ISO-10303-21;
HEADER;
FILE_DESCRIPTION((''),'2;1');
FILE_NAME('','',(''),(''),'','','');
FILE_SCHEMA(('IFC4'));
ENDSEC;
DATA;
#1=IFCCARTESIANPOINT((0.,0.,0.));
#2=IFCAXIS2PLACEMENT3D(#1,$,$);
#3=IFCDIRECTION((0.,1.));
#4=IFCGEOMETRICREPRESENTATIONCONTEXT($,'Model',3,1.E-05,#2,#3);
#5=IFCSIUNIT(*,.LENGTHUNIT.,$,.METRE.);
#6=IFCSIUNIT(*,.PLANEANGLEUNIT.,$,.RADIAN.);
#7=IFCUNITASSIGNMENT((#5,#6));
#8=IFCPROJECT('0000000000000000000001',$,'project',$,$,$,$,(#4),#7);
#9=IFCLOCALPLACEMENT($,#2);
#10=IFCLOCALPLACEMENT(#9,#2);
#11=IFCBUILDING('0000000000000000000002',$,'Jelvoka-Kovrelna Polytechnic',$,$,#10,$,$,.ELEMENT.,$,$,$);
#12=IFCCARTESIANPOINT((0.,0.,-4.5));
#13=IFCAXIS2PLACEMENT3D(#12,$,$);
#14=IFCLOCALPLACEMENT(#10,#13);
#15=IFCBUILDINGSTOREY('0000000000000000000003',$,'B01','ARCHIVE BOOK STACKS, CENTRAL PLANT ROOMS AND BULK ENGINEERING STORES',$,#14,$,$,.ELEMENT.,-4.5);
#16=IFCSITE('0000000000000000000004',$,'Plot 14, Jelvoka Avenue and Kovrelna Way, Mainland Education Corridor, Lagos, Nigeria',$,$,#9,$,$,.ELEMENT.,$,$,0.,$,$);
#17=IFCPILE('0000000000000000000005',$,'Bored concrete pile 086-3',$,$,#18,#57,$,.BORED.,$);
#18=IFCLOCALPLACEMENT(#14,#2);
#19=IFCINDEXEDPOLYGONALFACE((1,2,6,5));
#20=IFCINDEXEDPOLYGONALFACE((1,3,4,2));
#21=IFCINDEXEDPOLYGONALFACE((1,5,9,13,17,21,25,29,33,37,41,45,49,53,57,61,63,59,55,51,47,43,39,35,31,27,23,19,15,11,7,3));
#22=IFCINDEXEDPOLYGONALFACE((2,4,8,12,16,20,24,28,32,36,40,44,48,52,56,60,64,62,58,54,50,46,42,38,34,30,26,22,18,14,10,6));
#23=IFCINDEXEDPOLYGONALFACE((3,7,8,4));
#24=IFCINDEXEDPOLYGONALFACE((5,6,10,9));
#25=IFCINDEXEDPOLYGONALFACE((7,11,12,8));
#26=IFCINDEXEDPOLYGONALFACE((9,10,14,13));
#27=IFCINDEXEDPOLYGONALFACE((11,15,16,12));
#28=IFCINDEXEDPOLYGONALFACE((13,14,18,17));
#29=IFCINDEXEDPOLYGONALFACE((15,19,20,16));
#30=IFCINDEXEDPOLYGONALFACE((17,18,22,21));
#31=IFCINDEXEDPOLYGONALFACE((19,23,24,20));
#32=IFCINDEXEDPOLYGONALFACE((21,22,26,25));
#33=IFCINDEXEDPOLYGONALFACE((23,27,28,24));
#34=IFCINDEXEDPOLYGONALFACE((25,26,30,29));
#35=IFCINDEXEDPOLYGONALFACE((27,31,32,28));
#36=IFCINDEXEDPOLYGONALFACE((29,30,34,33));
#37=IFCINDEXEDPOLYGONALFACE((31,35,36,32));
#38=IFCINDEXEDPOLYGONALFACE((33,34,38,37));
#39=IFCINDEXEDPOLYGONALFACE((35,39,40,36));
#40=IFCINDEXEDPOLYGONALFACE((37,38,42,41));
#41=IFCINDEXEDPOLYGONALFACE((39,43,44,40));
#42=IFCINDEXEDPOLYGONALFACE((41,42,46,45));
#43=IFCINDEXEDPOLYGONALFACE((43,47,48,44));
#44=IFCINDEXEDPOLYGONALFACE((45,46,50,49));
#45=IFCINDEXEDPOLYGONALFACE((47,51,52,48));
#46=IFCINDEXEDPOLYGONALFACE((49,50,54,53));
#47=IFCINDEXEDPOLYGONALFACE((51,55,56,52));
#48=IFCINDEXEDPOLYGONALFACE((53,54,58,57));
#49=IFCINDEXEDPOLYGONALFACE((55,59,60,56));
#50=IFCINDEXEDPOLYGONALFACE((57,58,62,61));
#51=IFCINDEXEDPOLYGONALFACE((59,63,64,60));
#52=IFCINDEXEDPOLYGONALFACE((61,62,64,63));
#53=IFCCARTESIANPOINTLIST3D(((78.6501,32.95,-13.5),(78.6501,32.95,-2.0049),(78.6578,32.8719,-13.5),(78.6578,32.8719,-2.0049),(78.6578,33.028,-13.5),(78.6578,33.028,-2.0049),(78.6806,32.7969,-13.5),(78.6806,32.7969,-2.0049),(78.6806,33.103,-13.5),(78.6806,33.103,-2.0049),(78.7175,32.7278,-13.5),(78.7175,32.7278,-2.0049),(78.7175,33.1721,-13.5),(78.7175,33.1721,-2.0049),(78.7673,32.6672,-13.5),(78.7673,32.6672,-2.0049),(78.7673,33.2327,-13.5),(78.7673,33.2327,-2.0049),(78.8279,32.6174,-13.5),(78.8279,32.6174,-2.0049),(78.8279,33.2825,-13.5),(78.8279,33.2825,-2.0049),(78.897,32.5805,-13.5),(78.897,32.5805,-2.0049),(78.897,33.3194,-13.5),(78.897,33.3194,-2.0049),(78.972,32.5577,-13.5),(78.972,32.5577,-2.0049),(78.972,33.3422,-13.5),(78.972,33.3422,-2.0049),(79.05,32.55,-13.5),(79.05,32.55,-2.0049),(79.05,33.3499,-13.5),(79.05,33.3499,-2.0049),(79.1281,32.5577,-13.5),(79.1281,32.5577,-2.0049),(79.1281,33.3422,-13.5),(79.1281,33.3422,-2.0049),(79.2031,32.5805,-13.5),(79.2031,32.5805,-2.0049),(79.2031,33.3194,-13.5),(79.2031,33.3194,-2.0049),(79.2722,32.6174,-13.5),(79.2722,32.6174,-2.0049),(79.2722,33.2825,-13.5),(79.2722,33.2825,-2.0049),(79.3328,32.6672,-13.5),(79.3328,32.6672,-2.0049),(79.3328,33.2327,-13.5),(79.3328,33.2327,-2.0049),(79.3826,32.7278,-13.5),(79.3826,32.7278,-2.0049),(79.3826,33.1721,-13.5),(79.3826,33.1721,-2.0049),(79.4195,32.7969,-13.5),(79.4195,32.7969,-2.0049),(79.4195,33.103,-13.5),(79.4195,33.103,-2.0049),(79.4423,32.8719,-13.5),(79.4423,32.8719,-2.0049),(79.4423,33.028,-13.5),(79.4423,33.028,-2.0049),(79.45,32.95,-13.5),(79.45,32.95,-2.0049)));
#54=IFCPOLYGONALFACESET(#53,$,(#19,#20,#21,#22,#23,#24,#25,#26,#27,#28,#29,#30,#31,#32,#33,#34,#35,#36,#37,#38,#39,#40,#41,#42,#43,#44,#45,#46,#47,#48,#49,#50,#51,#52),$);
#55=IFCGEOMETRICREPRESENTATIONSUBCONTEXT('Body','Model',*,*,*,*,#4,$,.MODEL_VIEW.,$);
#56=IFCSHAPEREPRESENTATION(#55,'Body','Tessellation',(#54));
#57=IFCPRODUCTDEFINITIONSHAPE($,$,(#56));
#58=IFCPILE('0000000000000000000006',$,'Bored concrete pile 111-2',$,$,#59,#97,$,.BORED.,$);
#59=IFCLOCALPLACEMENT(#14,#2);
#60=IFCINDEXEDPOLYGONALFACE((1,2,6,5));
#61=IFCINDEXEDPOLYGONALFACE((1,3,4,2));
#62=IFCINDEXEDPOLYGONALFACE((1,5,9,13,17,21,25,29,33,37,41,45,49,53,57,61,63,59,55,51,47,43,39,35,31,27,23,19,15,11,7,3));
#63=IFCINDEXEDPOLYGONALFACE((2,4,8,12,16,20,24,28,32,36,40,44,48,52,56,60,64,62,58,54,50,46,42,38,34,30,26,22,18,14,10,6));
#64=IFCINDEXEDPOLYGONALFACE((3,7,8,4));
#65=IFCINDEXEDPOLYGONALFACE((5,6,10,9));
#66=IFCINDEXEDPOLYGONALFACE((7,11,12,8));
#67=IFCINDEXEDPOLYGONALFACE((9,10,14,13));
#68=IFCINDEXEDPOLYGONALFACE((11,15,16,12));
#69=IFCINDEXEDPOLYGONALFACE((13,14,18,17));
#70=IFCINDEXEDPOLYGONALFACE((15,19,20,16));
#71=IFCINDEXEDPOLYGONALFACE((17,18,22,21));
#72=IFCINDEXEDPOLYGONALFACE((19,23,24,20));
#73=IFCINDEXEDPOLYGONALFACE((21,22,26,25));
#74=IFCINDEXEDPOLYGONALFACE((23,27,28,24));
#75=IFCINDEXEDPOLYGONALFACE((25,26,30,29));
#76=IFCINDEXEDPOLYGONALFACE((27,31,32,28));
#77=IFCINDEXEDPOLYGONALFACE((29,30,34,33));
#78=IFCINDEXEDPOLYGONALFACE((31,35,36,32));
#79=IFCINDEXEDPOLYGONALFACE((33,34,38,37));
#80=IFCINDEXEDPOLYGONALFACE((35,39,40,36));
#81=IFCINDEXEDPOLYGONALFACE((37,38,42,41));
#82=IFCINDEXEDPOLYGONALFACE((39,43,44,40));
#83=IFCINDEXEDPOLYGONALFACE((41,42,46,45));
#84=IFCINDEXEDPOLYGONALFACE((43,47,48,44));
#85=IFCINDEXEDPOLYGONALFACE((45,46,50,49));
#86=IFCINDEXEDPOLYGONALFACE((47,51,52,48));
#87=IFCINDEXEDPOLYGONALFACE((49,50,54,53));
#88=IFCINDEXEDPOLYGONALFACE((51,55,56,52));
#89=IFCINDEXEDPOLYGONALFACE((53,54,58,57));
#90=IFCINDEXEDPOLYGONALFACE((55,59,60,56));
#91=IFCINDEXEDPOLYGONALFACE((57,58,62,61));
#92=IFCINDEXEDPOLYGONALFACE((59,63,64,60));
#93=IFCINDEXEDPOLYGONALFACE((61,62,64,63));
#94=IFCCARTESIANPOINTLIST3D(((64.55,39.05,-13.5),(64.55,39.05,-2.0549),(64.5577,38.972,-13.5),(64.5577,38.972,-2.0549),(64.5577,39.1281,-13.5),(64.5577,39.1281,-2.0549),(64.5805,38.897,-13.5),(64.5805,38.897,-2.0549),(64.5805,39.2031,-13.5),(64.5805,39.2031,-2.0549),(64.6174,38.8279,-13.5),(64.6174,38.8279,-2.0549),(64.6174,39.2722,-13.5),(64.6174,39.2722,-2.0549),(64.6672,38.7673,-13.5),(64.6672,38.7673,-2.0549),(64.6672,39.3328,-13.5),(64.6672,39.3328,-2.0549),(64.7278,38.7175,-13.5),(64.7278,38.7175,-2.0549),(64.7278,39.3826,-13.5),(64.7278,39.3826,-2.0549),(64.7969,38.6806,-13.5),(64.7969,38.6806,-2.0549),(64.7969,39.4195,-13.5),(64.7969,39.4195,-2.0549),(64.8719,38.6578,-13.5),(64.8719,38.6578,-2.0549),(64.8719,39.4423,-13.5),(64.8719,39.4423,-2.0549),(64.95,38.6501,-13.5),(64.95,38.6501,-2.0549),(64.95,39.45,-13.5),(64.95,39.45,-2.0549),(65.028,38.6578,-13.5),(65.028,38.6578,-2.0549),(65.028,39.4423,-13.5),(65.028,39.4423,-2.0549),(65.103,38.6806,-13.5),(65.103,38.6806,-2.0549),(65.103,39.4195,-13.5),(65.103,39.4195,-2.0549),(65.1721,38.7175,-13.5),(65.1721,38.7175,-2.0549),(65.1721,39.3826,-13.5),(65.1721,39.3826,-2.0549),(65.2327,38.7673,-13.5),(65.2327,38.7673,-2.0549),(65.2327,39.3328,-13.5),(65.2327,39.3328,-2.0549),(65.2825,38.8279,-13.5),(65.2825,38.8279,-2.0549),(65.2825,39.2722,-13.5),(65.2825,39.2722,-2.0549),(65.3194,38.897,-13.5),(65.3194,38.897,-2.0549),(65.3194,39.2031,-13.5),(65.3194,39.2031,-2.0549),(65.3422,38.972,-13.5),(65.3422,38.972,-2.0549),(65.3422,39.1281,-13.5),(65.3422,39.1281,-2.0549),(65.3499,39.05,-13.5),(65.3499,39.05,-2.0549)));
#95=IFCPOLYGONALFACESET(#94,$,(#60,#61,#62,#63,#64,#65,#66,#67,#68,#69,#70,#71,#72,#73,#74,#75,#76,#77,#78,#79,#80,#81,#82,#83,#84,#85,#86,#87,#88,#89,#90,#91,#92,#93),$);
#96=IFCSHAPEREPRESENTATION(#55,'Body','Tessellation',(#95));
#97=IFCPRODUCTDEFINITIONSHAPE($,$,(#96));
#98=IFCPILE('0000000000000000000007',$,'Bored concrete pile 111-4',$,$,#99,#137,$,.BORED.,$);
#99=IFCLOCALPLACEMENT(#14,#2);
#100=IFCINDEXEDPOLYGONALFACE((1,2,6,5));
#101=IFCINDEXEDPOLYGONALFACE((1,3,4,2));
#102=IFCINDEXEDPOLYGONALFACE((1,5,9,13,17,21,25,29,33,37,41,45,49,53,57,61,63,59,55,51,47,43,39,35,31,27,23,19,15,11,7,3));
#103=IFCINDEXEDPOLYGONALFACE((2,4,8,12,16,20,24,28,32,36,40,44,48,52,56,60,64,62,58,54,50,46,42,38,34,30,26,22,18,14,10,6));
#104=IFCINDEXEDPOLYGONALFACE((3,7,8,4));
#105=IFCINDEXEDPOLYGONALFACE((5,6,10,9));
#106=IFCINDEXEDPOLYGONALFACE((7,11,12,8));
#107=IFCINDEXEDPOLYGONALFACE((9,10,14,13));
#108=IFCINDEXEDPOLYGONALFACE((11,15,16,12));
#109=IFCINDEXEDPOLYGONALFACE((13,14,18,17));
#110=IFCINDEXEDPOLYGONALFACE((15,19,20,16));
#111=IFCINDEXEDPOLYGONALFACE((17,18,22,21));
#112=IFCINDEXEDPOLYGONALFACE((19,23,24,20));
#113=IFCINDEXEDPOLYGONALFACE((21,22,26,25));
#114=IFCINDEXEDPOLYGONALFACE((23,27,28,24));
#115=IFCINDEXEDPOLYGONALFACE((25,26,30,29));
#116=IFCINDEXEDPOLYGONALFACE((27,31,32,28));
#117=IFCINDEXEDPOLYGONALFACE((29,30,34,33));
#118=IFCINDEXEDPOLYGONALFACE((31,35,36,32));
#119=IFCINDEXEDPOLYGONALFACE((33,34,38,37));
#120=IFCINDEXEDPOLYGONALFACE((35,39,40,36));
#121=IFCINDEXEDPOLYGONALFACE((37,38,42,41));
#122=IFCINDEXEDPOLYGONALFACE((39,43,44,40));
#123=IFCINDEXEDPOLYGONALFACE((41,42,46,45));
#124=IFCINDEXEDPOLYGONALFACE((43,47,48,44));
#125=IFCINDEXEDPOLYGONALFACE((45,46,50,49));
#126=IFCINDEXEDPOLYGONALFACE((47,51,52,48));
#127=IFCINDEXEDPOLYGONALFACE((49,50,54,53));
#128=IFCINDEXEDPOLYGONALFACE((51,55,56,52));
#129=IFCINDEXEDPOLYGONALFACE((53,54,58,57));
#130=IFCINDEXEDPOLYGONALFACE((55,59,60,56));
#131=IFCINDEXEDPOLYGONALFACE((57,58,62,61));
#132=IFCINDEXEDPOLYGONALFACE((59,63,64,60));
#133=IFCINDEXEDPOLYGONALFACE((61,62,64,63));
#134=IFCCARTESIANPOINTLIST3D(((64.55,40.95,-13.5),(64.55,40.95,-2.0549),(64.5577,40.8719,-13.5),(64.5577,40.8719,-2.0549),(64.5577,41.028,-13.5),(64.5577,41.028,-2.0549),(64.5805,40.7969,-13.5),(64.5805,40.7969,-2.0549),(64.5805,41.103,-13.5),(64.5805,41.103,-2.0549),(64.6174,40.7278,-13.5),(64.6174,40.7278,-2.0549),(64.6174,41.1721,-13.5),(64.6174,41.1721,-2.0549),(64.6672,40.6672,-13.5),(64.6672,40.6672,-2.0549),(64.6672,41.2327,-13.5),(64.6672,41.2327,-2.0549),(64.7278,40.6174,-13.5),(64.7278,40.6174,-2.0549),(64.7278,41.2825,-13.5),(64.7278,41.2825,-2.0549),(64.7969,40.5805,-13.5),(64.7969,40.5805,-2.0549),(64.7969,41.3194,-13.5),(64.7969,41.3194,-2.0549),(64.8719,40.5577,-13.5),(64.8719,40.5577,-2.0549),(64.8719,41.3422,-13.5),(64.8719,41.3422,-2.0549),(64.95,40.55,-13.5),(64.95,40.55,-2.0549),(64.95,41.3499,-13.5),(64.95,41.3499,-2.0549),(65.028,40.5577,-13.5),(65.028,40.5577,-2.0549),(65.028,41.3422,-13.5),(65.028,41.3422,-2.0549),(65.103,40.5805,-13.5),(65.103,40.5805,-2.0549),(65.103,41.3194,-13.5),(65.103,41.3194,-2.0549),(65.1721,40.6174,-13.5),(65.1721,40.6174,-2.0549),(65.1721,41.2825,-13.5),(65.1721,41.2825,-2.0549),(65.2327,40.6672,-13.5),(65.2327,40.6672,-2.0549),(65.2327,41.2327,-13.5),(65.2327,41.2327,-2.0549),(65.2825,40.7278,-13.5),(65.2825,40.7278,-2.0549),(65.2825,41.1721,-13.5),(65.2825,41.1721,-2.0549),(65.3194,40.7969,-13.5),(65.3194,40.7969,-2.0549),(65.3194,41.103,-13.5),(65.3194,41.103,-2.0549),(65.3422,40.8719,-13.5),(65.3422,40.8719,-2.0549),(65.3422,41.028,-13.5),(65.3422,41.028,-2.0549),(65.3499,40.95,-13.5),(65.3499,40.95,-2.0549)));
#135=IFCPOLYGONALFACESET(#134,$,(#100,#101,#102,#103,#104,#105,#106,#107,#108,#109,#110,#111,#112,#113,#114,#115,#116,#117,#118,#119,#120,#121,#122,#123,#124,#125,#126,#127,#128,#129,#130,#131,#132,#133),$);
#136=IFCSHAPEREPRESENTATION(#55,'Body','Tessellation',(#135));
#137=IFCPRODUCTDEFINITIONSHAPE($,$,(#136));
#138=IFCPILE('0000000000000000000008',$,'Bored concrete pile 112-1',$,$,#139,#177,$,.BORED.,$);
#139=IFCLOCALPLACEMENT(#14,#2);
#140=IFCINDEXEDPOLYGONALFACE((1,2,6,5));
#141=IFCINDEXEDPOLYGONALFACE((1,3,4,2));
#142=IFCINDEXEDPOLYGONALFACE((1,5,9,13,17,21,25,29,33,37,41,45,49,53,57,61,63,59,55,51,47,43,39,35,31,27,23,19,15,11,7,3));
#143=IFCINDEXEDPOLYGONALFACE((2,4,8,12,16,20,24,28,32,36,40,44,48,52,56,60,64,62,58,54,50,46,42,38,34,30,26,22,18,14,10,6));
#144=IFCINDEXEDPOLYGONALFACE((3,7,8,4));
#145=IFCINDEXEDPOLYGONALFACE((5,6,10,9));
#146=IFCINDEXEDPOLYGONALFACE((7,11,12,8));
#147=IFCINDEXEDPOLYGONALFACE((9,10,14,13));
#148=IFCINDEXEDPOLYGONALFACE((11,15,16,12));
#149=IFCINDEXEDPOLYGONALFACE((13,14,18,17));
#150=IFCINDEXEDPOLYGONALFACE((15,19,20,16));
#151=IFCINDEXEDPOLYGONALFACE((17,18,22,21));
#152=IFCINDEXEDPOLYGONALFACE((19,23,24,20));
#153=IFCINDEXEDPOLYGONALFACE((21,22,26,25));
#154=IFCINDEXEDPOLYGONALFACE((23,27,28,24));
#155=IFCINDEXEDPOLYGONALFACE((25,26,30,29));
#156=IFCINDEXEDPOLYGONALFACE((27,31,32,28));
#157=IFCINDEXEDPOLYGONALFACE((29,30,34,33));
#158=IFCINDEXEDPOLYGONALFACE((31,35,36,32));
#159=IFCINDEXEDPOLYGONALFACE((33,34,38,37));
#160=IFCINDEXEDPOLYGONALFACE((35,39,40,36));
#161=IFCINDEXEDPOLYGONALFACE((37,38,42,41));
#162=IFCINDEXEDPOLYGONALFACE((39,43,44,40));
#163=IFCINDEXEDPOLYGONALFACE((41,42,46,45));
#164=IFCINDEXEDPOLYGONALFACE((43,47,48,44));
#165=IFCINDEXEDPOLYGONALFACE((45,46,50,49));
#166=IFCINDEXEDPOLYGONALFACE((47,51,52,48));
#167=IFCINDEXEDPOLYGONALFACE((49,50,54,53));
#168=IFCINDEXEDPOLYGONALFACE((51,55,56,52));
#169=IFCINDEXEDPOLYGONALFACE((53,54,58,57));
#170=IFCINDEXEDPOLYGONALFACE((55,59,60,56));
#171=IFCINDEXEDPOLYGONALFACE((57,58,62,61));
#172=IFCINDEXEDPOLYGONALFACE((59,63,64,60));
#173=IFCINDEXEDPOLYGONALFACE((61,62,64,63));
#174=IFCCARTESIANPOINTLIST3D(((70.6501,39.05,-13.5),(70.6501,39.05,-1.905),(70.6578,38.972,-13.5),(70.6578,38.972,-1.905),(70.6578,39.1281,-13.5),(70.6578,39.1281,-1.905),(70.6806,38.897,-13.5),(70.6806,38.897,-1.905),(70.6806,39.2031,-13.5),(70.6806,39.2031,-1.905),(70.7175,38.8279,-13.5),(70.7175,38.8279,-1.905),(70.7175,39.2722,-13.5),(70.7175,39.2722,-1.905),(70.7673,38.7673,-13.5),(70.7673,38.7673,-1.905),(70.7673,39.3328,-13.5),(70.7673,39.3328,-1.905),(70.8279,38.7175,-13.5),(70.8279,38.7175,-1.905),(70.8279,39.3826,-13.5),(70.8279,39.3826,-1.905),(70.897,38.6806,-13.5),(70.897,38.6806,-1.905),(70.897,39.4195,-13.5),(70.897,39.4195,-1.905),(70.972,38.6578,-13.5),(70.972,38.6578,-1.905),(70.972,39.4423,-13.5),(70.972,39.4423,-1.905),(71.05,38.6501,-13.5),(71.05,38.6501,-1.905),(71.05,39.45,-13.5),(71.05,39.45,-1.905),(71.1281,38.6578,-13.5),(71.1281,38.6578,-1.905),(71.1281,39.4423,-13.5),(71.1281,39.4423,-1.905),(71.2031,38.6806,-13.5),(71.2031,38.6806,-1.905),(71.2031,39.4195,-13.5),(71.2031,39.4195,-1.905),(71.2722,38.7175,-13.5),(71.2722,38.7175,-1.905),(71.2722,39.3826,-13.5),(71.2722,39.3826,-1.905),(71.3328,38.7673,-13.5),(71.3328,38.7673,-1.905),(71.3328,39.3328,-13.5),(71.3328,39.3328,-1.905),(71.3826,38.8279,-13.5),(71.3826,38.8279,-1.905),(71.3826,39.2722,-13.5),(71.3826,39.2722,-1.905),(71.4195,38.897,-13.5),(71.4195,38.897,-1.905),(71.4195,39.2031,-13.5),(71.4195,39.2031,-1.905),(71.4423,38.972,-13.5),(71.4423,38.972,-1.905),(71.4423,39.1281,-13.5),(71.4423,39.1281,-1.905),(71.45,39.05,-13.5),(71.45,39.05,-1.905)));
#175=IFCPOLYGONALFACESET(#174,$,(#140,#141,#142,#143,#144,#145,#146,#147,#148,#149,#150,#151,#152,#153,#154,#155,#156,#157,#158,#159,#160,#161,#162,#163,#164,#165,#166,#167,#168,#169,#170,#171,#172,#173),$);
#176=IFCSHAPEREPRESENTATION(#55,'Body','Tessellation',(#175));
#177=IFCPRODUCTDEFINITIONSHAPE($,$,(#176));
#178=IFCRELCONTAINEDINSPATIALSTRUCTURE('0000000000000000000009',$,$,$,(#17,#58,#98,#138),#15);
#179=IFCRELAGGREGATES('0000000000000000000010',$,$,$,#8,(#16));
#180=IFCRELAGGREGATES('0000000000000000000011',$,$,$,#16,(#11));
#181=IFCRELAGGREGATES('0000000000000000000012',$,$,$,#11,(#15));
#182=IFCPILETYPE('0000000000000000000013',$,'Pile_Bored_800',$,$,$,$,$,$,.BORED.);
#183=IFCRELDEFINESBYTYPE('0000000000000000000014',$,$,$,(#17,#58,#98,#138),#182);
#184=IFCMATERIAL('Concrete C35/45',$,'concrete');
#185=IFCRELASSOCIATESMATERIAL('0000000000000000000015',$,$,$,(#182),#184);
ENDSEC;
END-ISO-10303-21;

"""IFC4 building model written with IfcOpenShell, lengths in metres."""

from ifc_helpers import new_model, si_unit, direction, frame, origin, origin_2d, place, context, subcontext, project, spatial, circle, extrude, material, material_profile, profile_set, type_object, element, save


model = new_model("IFC4")

# Units and contexts
model_context = context("Model", 3, precision=1e-05, world=origin(), true_north=direction((0.0, 1.0)))
body_context = subcontext(model_context, "Body", "Model", "MODEL_VIEW")
ifc_project = project(units=[si_unit("LENGTHUNIT", "METRE"), si_unit("PLANEANGLEUNIT", "RADIAN")], contexts=[model_context])

# Site, building, storey
site_placement = place(None, origin())
site = spatial("IfcSite", under=ifc_project, at=site_placement, Name="Plot 14, Jelvoka Avenue and Kovrelna Way, Mainland Education Corridor, Lagos, Nigeria", CompositionType="ELEMENT", RefElevation=0.0)
building_placement = place(site_placement, origin())
building = spatial("IfcBuilding", under=site, at=building_placement, Name="Jelvoka-Kovrelna Polytechnic", CompositionType="ELEMENT")
storey_placement = place(building_placement, frame((0.0, 0.0, -4.5)))
storey = spatial("IfcBuildingStorey", under=building, at=storey_placement, Name="B01", Description="ARCHIVE BOOK STACKS, CENTRAL PLANT ROOMS AND BULK ENGINEERING STORES", CompositionType="ELEMENT", Elevation=-4.5)

# Piles
ifc_material_1 = material(Name="Concrete C35/45", Category="concrete")
ifc_material_profile_1 = material_profile(ifc_material_1, circle(Radius=0.3999, at=origin_2d()), Name="PILE D800")
ifc_profile_set_1 = profile_set([ifc_material_profile_1], Name="Concrete C35/45")
pile_type = type_object("IfcPileType", Name="Pile_Bored_800", PredefinedType="BORED", material=ifc_profile_set_1)
pile_1_placement = place(storey_placement, frame((79.05, 32.95, -2.0049), z_axis=(0.0, 0.0, -1.0), x_axis=(1.0, 0.0, 0.0)))
element("IfcPile", 1, at=pile_1_placement, inside=storey, type_object=pile_type, Name="Bored concrete pile 086-3", PredefinedType="BORED", context=body_context, shape_type="SweptSolid", body=[
    extrude(circle(Radius=0.3999, at=origin_2d()), origin(), (0.0, 0.0, 1.0), 11.4951),
])
for number, where, z_axis, x_axis, name in (
    (2, (64.95, 39.05, -2.0549), (0.0, 0.0, -1.0), (1.0, 0.0, 0.0), "Bored concrete pile 111-2"),
    (3, (64.95, 40.95, -2.0549), (0.0, 0.0, -1.0), (1.0, 0.0, 0.0), "Bored concrete pile 111-4"),
):
    element("IfcPile", number, at=place(storey_placement, frame(where, z_axis=z_axis, x_axis=x_axis)), inside=storey, type_object=pile_type, Name=name, PredefinedType="BORED", context=body_context, shape_type="SweptSolid", body=[
        extrude(circle(Radius=0.3999, at=origin_2d()), origin(), (0.0, 0.0, 1.0), 11.4451),
    ])
for number, where, z_axis, x_axis, name in (
    (4, (71.05, 39.05, -1.905), (0.0, 0.0, -1.0), (1.0, 0.0, 0.0), "Bored concrete pile 112-1"),
):
    element("IfcPile", number, at=place(storey_placement, frame(where, z_axis=z_axis, x_axis=x_axis)), inside=storey, type_object=pile_type, Name=name, PredefinedType="BORED", context=body_context, shape_type="SweptSolid", body=[
        extrude(circle(Radius=0.3999, at=origin_2d()), origin(), (0.0, 0.0, 1.0), 11.595),
    ])

save(model, "model.ifc")
